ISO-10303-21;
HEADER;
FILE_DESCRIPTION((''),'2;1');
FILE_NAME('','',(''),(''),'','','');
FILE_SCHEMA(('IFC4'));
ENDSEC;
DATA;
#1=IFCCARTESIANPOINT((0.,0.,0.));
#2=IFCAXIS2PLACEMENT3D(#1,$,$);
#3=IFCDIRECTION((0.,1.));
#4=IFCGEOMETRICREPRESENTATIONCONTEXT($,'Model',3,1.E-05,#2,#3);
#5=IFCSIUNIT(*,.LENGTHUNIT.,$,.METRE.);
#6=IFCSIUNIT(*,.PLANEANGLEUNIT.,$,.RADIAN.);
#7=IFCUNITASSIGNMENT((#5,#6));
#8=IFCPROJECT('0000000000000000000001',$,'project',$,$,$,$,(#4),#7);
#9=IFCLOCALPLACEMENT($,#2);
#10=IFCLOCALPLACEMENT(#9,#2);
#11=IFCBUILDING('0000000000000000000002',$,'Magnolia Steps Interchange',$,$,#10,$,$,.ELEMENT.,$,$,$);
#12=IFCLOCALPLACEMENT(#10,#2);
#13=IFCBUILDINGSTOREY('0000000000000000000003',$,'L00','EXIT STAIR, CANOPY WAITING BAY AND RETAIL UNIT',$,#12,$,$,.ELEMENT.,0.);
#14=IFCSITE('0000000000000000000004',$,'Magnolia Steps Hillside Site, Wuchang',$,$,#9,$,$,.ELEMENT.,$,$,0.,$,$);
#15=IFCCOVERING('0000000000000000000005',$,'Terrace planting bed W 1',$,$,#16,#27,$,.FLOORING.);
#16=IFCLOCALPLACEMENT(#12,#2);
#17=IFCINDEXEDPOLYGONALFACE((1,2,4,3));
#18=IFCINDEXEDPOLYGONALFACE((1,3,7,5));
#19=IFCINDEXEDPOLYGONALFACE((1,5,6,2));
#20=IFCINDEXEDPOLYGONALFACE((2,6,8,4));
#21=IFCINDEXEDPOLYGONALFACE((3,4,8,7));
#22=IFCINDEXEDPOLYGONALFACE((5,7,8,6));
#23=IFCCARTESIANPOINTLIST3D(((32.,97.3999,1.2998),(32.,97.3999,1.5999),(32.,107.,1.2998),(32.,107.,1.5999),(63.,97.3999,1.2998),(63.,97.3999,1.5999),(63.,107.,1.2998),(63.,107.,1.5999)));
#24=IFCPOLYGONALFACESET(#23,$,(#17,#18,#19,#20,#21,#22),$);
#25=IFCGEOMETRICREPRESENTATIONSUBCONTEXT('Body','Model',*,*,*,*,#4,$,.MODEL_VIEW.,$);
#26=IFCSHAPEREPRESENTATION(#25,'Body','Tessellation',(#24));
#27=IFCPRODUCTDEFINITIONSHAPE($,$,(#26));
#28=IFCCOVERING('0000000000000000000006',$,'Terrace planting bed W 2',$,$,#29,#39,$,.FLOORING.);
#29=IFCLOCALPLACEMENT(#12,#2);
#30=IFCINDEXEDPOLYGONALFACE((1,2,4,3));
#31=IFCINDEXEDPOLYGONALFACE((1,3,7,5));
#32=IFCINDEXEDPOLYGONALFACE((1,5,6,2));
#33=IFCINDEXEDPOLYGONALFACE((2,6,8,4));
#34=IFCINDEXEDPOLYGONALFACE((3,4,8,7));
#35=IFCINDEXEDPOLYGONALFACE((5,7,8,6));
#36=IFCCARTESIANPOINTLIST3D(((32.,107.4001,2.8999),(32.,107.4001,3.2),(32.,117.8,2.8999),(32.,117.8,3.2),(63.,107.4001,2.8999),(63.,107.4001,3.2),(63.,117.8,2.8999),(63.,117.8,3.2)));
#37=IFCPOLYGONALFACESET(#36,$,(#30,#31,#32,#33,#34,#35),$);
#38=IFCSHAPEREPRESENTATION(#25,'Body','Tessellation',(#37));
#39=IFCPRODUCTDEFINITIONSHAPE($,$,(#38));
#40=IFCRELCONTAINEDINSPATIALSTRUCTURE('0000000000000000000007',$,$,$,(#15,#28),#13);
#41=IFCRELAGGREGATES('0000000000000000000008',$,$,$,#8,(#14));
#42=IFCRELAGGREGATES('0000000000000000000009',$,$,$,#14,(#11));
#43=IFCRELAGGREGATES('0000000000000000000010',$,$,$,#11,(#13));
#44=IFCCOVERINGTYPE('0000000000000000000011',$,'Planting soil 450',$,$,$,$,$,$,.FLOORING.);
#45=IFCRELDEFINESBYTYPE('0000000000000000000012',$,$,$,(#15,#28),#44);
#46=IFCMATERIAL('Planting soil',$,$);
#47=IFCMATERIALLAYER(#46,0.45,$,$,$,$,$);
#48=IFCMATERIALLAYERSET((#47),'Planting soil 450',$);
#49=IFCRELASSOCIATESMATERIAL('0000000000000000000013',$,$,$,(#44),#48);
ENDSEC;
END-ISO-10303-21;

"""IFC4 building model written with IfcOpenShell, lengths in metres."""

from ifc_helpers import new_model, si_unit, direction, frame, origin, origin_2d, place, context, subcontext, project, spatial, rectangle, extrude, material, layer, layer_set, type_object, element, save


model = new_model("IFC4")

# Units and contexts
model_context = context("Model", 3, precision=1e-05, world=origin(), true_north=direction((0.0, 1.0)))
body_context = subcontext(model_context, "Body", "Model", "MODEL_VIEW")
ifc_project = project(units=[si_unit("LENGTHUNIT", "METRE"), si_unit("PLANEANGLEUNIT", "RADIAN")], contexts=[model_context])

# Site, building, storey
site_placement = place(None, origin())
site = spatial("IfcSite", under=ifc_project, at=site_placement, Name="Magnolia Steps Hillside Site, Wuchang", CompositionType="ELEMENT", RefElevation=0.0)
building_placement = place(site_placement, origin())
building = spatial("IfcBuilding", under=site, at=building_placement, Name="Magnolia Steps Interchange", CompositionType="ELEMENT")
storey_placement = place(building_placement, origin())
storey = spatial("IfcBuildingStorey", under=building, at=storey_placement, Name="L00", Description="EXIT STAIR, CANOPY WAITING BAY AND RETAIL UNIT", CompositionType="ELEMENT", Elevation=0.0)

# Coverings
ifc_material_1 = material(Name="Planting soil")
ifc_layer_1 = layer(ifc_material_1, 0.45)
ifc_layer_set_1 = layer_set([ifc_layer_1], Name="Planting soil 450")
covering_type_1 = type_object("IfcCoveringType", Name="Planting soil 450", PredefinedType="FLOORING", material=ifc_layer_set_1)
covering_1_placement = place(storey_placement, frame((47.5, 102.2, 1.2998), z_axis=(0.0, 0.0, 1.0), x_axis=(1.0, 0.0, 0.0)))
element("IfcCovering", 1, at=covering_1_placement, inside=storey, type_object=covering_type_1, Name="Terrace planting bed W 1", PredefinedType="FLOORING", context=body_context, shape_type="SweptSolid", body=[
    extrude(rectangle(XDim=31.0, YDim=9.6001, at=origin_2d()), origin(), (0.0, 0.0, 1.0), 0.3),
])
covering_2_placement = place(storey_placement, frame((47.5, 112.6001, 2.8999), z_axis=(0.0, 0.0, 1.0), x_axis=(1.0, 0.0, 0.0)))
element("IfcCovering", 2, at=covering_2_placement, inside=storey, type_object=covering_type_1, Name="Terrace planting bed W 2", PredefinedType="FLOORING", context=body_context, shape_type="SweptSolid", body=[
    extrude(rectangle(XDim=31.0, YDim=10.3999, at=origin_2d()), origin(), (0.0, 0.0, 1.0), 0.3),
])

save(model, "model.ifc")
